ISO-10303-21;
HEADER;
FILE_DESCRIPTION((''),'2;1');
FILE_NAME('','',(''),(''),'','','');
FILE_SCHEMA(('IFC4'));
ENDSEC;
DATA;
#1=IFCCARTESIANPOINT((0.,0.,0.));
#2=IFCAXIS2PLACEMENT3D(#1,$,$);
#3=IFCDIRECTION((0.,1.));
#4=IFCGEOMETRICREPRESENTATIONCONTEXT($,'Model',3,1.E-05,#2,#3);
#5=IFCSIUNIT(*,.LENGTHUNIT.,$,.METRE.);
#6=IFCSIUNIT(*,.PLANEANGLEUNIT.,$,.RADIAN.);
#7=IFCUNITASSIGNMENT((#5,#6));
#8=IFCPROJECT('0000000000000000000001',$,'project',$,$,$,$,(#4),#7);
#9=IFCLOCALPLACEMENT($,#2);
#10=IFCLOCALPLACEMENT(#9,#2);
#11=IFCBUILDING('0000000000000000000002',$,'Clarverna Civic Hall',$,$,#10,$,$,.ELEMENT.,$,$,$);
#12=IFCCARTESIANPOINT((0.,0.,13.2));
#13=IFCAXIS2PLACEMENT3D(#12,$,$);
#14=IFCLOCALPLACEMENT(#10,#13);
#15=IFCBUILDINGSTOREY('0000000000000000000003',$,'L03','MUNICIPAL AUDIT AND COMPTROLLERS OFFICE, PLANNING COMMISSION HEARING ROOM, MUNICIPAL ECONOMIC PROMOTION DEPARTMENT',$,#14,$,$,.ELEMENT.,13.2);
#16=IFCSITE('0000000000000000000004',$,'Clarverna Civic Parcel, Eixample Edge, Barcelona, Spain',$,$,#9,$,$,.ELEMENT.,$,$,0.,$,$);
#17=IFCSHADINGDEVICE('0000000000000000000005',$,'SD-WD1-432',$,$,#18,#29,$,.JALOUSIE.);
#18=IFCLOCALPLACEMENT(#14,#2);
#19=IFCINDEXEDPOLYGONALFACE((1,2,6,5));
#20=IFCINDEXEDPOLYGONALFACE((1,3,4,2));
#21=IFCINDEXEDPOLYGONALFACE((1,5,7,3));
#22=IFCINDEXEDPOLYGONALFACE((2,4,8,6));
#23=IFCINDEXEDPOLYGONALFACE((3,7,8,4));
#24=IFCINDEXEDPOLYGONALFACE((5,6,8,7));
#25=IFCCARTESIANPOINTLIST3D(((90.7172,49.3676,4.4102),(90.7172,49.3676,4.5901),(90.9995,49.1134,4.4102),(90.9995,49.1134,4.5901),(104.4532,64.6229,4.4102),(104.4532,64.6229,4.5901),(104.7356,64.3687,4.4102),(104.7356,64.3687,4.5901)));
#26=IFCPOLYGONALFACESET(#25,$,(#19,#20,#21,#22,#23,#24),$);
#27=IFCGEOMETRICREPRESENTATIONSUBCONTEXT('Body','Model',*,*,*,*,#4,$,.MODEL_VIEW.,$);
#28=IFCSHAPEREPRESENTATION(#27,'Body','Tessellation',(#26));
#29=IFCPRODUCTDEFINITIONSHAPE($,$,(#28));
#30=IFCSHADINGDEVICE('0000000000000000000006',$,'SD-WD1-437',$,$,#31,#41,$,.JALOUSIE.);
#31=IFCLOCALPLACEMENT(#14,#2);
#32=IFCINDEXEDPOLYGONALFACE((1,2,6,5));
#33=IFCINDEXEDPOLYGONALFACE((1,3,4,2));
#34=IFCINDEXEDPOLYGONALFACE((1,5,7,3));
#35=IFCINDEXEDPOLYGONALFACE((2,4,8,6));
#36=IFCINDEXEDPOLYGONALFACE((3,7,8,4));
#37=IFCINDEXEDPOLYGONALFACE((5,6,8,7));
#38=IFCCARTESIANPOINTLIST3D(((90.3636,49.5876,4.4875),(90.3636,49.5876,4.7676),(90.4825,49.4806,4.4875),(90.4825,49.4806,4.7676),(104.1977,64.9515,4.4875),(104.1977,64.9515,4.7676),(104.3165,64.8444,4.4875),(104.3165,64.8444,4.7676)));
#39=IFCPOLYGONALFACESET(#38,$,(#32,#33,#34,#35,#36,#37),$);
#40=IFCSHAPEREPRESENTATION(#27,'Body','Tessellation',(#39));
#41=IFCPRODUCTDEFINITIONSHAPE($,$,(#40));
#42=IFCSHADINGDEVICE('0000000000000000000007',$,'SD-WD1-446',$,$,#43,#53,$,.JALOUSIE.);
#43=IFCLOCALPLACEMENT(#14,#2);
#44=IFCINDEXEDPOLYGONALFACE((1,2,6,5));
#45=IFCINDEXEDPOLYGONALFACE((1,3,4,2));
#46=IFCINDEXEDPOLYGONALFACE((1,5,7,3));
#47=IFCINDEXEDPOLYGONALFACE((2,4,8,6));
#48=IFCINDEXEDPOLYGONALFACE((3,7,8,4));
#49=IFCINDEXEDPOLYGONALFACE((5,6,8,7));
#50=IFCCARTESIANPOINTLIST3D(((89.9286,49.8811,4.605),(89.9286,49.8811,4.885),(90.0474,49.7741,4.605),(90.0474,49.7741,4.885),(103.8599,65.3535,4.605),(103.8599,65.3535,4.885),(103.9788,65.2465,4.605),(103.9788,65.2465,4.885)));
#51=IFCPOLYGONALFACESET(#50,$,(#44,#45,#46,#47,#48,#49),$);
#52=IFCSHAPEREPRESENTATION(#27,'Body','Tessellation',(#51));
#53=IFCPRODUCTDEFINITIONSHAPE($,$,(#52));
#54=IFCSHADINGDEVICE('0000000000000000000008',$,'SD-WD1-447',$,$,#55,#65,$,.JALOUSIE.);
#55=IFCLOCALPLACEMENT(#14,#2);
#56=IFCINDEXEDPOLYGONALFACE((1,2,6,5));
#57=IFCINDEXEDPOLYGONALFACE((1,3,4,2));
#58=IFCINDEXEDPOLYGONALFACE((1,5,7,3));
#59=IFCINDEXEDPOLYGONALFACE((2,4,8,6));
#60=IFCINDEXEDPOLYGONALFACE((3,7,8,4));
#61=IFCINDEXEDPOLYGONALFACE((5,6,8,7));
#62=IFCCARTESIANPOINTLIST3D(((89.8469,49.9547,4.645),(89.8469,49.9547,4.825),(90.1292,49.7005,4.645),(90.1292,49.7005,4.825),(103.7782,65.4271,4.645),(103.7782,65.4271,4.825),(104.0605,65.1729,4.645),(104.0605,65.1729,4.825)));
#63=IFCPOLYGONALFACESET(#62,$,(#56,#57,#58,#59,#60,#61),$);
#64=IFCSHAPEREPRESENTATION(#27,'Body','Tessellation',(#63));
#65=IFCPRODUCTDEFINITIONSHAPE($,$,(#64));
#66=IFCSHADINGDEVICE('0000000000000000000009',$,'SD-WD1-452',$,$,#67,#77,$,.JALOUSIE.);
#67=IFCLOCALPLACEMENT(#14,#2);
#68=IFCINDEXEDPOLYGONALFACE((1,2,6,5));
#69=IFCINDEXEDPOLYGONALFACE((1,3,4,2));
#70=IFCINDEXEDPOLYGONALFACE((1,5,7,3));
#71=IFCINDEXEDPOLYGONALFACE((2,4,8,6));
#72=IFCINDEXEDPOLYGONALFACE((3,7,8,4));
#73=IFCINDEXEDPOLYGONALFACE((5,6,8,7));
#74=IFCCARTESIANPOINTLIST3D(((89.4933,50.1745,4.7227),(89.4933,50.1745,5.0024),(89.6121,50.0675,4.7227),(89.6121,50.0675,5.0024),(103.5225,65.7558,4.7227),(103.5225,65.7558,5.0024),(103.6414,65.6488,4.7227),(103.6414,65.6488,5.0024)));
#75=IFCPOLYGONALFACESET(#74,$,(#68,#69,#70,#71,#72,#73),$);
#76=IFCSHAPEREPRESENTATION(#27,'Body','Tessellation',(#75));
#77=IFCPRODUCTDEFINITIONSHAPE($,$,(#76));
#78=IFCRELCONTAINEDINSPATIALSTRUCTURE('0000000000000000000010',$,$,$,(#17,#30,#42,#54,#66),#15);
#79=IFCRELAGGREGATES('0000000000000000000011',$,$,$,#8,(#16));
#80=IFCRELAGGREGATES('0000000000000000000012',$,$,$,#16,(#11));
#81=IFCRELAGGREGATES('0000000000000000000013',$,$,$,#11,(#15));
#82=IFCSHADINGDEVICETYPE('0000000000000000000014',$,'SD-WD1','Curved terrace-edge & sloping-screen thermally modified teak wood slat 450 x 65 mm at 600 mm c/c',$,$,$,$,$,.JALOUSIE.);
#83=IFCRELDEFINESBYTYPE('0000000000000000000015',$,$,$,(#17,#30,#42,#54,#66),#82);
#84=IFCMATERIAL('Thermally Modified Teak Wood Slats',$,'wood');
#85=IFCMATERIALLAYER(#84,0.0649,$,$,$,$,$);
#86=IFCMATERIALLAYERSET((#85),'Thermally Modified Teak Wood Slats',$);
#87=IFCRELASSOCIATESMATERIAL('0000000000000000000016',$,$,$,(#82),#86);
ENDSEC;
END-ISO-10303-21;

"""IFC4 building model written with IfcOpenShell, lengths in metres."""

from ifc_helpers import new_model, si_unit, direction, frame, frame_2d, origin, place, context, subcontext, project, spatial, rectangle, extrude, material, layer, layer_set, type_object, element, save


model = new_model("IFC4")

# Units and contexts
model_context = context("Model", 3, precision=1e-05, world=origin(), true_north=direction((0.0, 1.0)))
body_context = subcontext(model_context, "Body", "Model", "MODEL_VIEW")
ifc_project = project(units=[si_unit("LENGTHUNIT", "METRE"), si_unit("PLANEANGLEUNIT", "RADIAN")], contexts=[model_context])

# Site, building, storey
site_placement = place(None, origin())
site = spatial("IfcSite", under=ifc_project, at=site_placement, Name="Clarverna Civic Parcel, Eixample Edge, Barcelona, Spain", CompositionType="ELEMENT", RefElevation=0.0)
building_placement = place(site_placement, origin())
building = spatial("IfcBuilding", under=site, at=building_placement, Name="Clarverna Civic Hall", CompositionType="ELEMENT")
storey_placement = place(building_placement, frame((0.0, 0.0, 13.2)))
storey = spatial("IfcBuildingStorey", under=building, at=storey_placement, Name="L03", Description="MUNICIPAL AUDIT AND COMPTROLLERS OFFICE, PLANNING COMMISSION HEARING ROOM, MUNICIPAL ECONOMIC PROMOTION DEPARTMENT", CompositionType="ELEMENT", Elevation=13.2)

# Shading devices
ifc_material_1 = material(Name="Thermally Modified Teak Wood Slats", Category="wood")
ifc_layer_1 = layer(ifc_material_1, 0.0649)
ifc_layer_set_1 = layer_set([ifc_layer_1], Name="Thermally Modified Teak Wood Slats")
shading_device_type = type_object("IfcShadingDeviceType", Name="SD-WD1", Description="Curved terrace-edge & sloping-screen thermally modified teak wood slat 450 x 65 mm at 600 mm c/c", PredefinedType="JALOUSIE", material=ifc_layer_set_1)
shading_device_1_placement = place(storey_placement, frame((104.5945, 64.4958, 4.4102), z_axis=(0.0, 0.0, 1.0), x_axis=(-0.669133, -0.743143, 0.0)))
element("IfcShadingDevice", 1, at=shading_device_1_placement, inside=storey, type_object=shading_device_type, Name="SD-WD1-432", PredefinedType="JALOUSIE", context=body_context, shape_type="SweptSolid", body=[
    extrude(rectangle(XDim=20.5281, YDim=0.3799, at=frame_2d((10.2642, 0.0))), origin(), (0.0, 0.0, 1.0), 0.1799),
])
shading_device_2_placement = place(storey_placement, frame((104.2571, 64.8979, 4.4875), z_axis=(0.0, 0.0, 1.0), x_axis=(-0.669141, -0.743136, 0.0)))
element("IfcShadingDevice", 2, at=shading_device_2_placement, inside=storey, type_object=shading_device_type, Name="SD-WD1-437", PredefinedType="JALOUSIE", context=body_context, shape_type="SweptSolid", body=[
    extrude(rectangle(XDim=20.6743, YDim=0.1599, at=frame_2d((10.3372, 0.0))), origin(), (0.0, 0.0, 1.0), 0.28),
])
shading_device_3_placement = place(storey_placement, frame((103.9194, 65.3, 4.605), z_axis=(0.0, 0.0, 1.0), x_axis=(-0.66913, -0.743145, 0.0)))
element("IfcShadingDevice", 3, at=shading_device_3_placement, inside=storey, type_object=shading_device_type, Name="SD-WD1-446", PredefinedType="JALOUSIE", context=body_context, shape_type="SweptSolid", body=[
    extrude(rectangle(XDim=20.8201, YDim=0.1599, at=frame_2d((10.4102, 0.0))), origin(), (0.0, 0.0, 1.0), 0.28),
])
shading_device_4_placement = place(storey_placement, frame((103.9194, 65.3, 4.645), z_axis=(0.0, 0.0, 1.0), x_axis=(-0.66913, -0.743145, 0.0)))
element("IfcShadingDevice", 4, at=shading_device_4_placement, inside=storey, type_object=shading_device_type, Name="SD-WD1-447", PredefinedType="JALOUSIE", context=body_context, shape_type="SweptSolid", body=[
    extrude(rectangle(XDim=20.8201, YDim=0.3799, at=frame_2d((10.4102, 0.0))), origin(), (0.0, 0.0, 1.0), 0.1799),
])
shading_device_5_placement = place(storey_placement, frame((103.582, 65.7024, 4.7227), z_axis=(0.0, 0.0, 1.0), x_axis=(-0.669126, -0.743149, 0.0)))
element("IfcShadingDevice", 5, at=shading_device_5_placement, inside=storey, type_object=shading_device_type, Name="SD-WD1-452", PredefinedType="JALOUSIE", context=body_context, shape_type="SweptSolid", body=[
    extrude(rectangle(XDim=20.9666, YDim=0.1599, at=frame_2d((10.4834, 0.0))), origin(), (0.0, 0.0, 1.0), 0.2798),
])

save(model, "model.ifc")
